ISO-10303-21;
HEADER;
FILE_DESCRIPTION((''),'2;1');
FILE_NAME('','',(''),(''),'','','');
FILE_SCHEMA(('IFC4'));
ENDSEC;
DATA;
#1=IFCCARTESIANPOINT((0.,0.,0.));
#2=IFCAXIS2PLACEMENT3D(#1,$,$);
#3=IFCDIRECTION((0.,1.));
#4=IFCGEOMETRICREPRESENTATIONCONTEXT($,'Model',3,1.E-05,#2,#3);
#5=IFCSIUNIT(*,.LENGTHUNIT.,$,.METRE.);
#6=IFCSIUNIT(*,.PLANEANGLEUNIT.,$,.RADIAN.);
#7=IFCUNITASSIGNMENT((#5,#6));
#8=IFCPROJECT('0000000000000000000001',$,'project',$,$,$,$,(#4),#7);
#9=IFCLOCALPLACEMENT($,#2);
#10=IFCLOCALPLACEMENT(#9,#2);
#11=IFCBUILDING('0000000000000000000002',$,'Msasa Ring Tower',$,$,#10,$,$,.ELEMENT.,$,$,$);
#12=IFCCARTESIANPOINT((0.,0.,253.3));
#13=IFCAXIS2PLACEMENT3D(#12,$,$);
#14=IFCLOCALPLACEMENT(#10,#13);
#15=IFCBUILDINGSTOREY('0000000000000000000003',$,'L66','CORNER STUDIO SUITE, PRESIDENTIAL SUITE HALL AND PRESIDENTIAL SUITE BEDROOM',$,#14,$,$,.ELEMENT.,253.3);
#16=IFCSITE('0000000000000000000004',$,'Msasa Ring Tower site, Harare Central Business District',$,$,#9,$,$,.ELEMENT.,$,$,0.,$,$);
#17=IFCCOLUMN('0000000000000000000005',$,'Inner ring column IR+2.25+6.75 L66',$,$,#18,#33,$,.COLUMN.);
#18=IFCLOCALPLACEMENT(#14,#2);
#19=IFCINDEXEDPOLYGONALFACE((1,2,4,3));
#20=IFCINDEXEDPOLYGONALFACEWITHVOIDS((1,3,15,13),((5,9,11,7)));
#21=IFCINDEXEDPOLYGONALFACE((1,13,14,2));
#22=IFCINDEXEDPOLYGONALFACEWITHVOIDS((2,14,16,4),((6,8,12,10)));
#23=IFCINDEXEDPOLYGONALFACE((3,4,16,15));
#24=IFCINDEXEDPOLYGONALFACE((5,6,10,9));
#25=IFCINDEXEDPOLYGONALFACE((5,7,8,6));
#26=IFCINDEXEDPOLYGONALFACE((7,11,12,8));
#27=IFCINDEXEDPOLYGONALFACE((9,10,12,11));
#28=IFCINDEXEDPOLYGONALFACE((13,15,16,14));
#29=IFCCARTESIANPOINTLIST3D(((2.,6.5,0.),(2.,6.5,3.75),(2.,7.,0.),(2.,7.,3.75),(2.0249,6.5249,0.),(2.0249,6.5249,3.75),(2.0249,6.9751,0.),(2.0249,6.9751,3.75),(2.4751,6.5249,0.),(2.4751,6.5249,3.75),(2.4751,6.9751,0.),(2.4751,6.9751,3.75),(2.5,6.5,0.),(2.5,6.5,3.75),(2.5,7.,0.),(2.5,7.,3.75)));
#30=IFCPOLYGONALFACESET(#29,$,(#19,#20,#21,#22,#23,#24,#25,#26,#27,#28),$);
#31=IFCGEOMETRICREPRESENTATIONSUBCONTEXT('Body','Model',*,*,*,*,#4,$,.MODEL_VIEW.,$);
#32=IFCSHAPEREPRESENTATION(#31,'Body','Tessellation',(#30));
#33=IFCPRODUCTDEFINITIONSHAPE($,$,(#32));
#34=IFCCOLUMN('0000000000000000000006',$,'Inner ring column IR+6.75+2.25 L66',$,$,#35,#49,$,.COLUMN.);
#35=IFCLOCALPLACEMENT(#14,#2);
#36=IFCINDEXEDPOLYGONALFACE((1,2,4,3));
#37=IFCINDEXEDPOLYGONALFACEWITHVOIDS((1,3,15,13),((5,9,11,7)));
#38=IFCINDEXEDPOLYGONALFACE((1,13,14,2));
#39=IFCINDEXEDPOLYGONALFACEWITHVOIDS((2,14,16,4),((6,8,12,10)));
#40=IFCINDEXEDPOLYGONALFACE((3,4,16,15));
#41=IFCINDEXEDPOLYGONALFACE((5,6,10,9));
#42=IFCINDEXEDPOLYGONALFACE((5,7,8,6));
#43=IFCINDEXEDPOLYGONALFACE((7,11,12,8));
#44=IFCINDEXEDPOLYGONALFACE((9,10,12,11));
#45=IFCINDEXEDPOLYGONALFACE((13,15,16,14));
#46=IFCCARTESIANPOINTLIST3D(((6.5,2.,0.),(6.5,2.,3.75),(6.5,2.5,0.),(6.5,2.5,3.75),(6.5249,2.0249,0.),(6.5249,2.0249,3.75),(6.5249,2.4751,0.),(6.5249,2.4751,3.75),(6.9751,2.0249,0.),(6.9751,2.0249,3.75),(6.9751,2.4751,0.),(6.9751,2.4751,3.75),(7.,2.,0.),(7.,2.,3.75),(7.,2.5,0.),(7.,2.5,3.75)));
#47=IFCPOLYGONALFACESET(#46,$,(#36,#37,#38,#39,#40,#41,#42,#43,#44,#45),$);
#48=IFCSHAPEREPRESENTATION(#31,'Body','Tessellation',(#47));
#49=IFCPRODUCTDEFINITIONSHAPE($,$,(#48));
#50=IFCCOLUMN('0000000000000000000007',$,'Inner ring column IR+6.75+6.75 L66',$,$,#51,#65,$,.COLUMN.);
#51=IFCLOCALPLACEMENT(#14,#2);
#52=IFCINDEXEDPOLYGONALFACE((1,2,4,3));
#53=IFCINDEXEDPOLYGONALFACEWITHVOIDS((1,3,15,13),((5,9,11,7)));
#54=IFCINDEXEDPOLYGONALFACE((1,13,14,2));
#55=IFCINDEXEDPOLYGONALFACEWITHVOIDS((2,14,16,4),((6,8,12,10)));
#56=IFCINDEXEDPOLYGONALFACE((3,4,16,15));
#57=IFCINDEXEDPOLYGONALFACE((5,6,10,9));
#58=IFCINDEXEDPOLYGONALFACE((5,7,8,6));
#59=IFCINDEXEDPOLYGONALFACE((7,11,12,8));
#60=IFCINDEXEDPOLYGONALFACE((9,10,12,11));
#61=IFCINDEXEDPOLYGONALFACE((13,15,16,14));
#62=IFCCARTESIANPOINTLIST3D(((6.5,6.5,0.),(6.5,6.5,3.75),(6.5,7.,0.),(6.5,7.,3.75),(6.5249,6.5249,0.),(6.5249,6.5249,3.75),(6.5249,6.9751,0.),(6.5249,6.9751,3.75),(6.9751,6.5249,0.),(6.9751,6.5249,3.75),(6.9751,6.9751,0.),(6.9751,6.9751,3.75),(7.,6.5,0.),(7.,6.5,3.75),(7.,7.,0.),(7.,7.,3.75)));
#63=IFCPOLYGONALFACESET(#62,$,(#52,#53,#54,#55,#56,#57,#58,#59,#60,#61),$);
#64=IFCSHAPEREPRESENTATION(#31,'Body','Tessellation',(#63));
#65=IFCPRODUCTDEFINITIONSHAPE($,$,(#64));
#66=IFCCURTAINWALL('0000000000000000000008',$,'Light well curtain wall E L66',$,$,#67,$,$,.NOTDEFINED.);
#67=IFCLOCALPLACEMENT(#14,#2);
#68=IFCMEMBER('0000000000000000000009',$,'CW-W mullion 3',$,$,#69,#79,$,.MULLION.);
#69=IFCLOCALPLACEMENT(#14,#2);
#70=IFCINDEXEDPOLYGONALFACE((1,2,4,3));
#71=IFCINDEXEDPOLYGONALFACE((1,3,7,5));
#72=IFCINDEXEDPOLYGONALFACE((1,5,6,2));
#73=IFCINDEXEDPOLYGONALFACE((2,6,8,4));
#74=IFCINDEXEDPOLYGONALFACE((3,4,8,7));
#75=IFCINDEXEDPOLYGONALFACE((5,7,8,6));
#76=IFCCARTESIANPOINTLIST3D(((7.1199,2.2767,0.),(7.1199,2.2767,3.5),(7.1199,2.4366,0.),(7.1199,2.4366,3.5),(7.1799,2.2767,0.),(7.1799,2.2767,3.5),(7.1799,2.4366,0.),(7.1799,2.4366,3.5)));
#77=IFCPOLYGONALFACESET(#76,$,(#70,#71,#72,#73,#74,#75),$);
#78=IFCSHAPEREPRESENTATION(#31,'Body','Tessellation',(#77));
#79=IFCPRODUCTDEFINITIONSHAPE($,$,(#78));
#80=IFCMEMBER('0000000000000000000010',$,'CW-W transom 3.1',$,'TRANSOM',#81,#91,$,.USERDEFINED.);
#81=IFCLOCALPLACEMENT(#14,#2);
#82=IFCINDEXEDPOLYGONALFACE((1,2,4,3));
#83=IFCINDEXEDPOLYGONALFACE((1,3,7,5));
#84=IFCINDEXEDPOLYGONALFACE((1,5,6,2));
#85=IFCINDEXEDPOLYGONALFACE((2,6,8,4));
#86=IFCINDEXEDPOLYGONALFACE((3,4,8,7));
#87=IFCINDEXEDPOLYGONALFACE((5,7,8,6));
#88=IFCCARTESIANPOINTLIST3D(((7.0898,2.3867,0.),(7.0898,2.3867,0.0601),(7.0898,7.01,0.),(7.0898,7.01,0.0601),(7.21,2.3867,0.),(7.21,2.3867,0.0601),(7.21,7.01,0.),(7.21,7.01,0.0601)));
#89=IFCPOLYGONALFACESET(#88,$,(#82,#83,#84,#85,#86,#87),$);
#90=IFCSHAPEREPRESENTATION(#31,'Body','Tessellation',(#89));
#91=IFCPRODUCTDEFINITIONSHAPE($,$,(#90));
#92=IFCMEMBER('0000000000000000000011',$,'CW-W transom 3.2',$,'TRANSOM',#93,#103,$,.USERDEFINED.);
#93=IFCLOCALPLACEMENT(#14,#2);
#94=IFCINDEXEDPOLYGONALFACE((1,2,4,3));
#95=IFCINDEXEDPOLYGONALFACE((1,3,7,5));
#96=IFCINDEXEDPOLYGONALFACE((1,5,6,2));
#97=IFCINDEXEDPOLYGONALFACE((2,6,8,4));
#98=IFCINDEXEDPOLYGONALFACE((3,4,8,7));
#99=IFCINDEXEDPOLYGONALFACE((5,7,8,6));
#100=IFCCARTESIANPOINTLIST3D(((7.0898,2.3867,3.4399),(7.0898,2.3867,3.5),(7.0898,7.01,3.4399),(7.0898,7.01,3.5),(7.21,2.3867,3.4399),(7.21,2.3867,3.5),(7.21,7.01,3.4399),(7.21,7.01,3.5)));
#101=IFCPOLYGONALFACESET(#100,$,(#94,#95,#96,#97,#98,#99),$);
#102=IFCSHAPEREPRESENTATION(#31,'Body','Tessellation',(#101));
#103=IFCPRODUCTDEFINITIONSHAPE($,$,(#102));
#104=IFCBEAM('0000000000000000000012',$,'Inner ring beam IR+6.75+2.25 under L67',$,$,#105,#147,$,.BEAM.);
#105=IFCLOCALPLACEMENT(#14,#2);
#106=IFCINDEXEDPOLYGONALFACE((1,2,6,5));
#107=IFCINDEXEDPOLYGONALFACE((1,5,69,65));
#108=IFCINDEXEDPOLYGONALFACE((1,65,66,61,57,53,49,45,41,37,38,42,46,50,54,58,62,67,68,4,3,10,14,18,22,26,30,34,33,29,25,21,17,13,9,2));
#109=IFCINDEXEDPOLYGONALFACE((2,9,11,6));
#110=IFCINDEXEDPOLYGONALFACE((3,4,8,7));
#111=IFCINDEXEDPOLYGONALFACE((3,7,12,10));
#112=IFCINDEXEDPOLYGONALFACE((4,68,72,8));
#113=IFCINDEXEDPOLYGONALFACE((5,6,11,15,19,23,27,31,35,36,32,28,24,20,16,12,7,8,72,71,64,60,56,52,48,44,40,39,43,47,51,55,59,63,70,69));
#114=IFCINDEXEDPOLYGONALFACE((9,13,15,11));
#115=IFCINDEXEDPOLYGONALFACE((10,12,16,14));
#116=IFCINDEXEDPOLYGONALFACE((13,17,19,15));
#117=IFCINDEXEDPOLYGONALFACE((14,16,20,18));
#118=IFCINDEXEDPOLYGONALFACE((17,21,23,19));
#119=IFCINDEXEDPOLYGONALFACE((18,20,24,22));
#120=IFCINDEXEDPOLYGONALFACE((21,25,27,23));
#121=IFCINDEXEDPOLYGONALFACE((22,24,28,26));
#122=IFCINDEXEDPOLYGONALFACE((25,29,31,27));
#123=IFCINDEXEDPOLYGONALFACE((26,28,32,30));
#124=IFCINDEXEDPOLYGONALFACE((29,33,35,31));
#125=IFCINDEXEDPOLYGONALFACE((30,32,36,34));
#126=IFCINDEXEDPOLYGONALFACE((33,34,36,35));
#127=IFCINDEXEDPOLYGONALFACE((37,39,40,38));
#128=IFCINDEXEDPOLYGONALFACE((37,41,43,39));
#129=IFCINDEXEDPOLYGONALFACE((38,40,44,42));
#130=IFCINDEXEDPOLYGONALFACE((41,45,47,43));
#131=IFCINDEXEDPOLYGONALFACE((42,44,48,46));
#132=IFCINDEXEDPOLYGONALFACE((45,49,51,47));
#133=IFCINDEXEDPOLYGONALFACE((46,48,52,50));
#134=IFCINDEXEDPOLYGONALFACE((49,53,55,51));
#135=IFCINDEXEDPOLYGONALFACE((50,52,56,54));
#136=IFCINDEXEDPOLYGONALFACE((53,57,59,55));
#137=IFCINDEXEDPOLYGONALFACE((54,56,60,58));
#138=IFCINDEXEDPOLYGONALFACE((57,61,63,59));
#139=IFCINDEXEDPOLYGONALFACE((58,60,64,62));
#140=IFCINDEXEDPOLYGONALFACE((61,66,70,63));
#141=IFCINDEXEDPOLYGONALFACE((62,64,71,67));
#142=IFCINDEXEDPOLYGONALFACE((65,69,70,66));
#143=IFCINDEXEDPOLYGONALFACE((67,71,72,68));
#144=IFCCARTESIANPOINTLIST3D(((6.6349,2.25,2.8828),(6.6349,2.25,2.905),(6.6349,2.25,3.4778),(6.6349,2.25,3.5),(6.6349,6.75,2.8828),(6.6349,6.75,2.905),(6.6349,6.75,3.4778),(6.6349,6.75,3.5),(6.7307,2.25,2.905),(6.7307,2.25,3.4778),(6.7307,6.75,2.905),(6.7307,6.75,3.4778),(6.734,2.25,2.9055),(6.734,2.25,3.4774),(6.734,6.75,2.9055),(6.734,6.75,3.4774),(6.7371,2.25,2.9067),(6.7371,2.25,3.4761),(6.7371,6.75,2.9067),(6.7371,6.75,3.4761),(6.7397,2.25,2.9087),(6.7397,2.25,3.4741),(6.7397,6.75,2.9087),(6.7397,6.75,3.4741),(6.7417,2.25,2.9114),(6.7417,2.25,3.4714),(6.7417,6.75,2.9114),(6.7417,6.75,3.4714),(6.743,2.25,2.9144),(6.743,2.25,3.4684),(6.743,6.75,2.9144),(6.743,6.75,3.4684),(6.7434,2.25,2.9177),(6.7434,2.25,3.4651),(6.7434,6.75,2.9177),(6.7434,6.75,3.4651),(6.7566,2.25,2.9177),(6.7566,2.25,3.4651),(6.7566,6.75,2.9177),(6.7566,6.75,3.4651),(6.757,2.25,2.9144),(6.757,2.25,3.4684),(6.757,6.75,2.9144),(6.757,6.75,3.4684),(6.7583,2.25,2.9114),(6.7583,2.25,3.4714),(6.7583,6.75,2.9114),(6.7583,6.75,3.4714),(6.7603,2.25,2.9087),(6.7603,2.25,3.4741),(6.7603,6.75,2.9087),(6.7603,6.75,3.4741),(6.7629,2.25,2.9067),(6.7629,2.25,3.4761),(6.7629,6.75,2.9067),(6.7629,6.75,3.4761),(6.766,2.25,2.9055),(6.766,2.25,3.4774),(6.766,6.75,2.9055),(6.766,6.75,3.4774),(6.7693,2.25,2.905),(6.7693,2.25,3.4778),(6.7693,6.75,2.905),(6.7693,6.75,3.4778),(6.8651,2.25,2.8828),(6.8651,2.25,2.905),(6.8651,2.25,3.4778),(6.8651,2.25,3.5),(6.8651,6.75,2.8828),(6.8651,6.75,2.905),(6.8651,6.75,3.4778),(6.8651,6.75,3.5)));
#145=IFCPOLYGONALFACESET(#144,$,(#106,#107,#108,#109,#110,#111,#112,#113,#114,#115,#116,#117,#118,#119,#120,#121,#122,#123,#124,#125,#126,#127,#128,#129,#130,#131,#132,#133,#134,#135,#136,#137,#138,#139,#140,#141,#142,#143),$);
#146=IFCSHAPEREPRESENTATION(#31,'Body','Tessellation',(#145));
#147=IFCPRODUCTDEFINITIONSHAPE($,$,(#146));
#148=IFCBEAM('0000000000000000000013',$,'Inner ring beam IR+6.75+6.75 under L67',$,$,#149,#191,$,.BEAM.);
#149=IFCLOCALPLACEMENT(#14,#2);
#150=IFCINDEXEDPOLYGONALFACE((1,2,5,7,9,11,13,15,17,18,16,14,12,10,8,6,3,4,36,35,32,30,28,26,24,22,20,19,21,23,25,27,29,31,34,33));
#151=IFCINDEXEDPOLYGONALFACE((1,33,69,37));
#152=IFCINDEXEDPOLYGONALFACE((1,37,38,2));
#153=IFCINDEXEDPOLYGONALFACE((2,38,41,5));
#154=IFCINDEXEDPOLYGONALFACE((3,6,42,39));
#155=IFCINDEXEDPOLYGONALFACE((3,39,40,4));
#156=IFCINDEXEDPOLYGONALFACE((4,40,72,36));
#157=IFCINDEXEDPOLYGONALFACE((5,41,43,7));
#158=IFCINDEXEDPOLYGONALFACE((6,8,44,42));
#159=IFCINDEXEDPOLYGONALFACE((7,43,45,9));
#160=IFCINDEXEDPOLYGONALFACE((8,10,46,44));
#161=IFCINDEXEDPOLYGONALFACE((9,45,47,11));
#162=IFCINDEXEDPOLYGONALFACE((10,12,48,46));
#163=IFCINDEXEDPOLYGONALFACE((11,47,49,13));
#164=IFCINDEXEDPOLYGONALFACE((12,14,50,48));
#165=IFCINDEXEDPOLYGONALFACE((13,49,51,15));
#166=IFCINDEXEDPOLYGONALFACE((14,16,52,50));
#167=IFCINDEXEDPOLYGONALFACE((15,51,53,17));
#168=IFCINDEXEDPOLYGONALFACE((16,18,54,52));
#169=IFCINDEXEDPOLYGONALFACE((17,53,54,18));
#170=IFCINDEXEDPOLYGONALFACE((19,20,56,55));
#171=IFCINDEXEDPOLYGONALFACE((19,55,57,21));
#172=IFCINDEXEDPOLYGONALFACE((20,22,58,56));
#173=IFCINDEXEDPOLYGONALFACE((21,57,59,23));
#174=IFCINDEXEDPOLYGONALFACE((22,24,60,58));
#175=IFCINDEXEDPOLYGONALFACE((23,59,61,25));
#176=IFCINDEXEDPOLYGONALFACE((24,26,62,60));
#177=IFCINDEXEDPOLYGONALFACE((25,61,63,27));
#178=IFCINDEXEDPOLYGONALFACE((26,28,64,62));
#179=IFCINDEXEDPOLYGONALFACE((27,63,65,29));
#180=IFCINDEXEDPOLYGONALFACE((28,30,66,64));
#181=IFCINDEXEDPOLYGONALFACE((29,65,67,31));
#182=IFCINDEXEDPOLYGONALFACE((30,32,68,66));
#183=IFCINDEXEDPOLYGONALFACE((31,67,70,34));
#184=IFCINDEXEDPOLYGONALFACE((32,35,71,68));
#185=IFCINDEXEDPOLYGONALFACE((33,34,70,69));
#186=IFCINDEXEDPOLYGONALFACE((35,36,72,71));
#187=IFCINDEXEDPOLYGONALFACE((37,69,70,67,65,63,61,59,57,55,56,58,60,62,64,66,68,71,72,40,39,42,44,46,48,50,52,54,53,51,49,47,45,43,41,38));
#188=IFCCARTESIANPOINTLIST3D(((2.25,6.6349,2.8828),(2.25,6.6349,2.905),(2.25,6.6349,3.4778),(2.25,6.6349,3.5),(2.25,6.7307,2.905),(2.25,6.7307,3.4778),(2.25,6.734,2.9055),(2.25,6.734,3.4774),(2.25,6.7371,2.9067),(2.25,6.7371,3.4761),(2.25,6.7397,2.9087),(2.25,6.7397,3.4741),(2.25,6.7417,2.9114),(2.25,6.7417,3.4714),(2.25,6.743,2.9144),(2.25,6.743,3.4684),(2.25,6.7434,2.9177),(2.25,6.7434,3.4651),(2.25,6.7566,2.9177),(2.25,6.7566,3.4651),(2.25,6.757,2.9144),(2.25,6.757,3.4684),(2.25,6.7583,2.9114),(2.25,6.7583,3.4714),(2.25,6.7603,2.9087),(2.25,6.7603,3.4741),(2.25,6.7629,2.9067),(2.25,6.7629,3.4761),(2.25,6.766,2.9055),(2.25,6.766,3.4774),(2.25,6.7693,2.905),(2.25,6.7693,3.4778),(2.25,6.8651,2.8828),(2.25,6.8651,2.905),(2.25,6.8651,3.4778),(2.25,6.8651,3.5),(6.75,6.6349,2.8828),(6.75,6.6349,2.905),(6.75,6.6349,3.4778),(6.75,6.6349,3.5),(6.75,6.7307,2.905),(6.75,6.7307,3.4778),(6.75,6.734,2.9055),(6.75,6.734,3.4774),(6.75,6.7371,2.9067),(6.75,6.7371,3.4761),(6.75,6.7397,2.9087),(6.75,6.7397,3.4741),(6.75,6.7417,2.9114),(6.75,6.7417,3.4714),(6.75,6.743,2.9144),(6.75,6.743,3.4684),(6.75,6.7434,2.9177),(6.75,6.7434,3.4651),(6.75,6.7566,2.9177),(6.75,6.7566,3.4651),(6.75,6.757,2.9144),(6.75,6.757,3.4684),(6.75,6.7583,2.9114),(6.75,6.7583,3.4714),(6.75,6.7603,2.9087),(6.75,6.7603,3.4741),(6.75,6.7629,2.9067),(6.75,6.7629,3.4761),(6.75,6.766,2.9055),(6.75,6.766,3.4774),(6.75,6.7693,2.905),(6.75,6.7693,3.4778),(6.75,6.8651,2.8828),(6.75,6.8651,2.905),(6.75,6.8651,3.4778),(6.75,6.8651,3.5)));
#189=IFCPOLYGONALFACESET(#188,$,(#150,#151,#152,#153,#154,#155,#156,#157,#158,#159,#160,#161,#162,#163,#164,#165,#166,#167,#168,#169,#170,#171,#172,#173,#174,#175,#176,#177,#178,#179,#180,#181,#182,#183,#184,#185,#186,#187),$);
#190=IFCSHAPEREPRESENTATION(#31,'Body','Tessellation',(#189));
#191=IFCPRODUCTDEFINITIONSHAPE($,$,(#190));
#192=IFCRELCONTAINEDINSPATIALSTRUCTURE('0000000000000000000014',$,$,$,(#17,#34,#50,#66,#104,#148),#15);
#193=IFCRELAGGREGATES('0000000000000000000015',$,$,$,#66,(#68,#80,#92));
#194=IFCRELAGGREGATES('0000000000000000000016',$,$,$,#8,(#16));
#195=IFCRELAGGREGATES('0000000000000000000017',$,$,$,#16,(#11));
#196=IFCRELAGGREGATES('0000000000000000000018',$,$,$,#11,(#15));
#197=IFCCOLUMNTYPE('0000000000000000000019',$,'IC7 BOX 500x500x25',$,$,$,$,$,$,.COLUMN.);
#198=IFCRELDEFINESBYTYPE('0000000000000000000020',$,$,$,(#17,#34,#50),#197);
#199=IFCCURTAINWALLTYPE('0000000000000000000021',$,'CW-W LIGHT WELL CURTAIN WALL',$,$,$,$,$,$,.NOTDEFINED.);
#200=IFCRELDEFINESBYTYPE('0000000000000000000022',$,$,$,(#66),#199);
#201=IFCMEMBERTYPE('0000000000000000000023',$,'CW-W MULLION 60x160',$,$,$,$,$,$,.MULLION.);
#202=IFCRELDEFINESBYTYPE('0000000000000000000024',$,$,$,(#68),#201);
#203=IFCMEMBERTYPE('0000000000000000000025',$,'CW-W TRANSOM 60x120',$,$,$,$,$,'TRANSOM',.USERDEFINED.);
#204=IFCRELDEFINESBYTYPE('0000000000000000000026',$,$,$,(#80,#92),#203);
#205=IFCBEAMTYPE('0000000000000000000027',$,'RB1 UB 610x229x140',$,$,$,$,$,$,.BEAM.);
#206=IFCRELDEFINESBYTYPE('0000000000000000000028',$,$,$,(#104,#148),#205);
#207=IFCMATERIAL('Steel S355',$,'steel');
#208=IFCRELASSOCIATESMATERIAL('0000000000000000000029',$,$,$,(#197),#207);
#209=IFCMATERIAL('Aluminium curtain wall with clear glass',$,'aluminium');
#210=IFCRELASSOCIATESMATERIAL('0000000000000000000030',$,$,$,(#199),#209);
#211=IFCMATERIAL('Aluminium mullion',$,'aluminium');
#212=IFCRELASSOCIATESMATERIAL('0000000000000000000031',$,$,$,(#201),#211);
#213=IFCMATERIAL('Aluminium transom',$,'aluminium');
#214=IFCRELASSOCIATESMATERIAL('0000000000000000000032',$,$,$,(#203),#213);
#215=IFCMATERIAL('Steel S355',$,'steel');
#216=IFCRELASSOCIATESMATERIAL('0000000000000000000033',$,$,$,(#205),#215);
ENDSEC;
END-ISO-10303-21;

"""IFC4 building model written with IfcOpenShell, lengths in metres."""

from ifc_helpers import new_model, si_unit, direction, frame, origin, origin_2d, place, context, subcontext, project, spatial, rectangle, hollow_rectangle, i_section, extrude, material, material_profile, profile_set, type_object, element, aggregate, save


model = new_model("IFC4")

# Units and contexts
model_context = context("Model", 3, precision=1e-05, world=origin(), true_north=direction((0.0, 1.0)))
body_context = subcontext(model_context, "Body", "Model", "MODEL_VIEW")
ifc_project = project(units=[si_unit("LENGTHUNIT", "METRE"), si_unit("PLANEANGLEUNIT", "RADIAN")], contexts=[model_context])

# Site, building, storey
site_placement = place(None, origin())
site = spatial("IfcSite", under=ifc_project, at=site_placement, Name="Msasa Ring Tower site, Harare Central Business District", CompositionType="ELEMENT", RefElevation=0.0)
building_placement = place(site_placement, origin())
building = spatial("IfcBuilding", under=site, at=building_placement, Name="Msasa Ring Tower", CompositionType="ELEMENT")
storey_placement = place(building_placement, frame((0.0, 0.0, 253.3)))
storey = spatial("IfcBuildingStorey", under=building, at=storey_placement, Name="L66", Description="CORNER STUDIO SUITE, PRESIDENTIAL SUITE HALL AND PRESIDENTIAL SUITE BEDROOM", CompositionType="ELEMENT", Elevation=253.3)

# Columns
ifc_material_1 = material(Name="Steel S355", Category="steel")
ifc_material_profile_1 = material_profile(ifc_material_1, hollow_rectangle(XDim=0.5, YDim=0.5, WallThickness=0.0249, at=origin_2d()), Name="BOX 500x500x25")
ifc_profile_set_1 = profile_set([ifc_material_profile_1], Name="Steel S355")
column_type = type_object("IfcColumnType", Name="IC7 BOX 500x500x25", PredefinedType="COLUMN", material=ifc_profile_set_1)
for number, where, z_axis, x_axis, name in (
    (1, (2.25, 6.75, 0.0), (0.0, 0.0, 1.0), (1.0, 0.0, 0.0), "Inner ring column IR+2.25+6.75 L66"),
    (2, (6.75, 2.25, 0.0), (0.0, 0.0, 1.0), (1.0, 0.0, 0.0), "Inner ring column IR+6.75+2.25 L66"),
    (3, (6.75, 6.75, 0.0), (0.0, 0.0, 1.0), (1.0, 0.0, 0.0), "Inner ring column IR+6.75+6.75 L66"),
):
    element("IfcColumn", number, at=place(storey_placement, frame(where, z_axis=z_axis, x_axis=x_axis)), inside=storey, type_object=column_type, Name=name, PredefinedType="COLUMN", context=body_context, shape_type="SweptSolid", body=[
        extrude(hollow_rectangle(XDim=0.5, YDim=0.5, WallThickness=0.0249, at=origin_2d()), origin(), (0.0, 0.0, 1.0), 3.75),
    ])

# Curtain wall, members
ifc_material_2 = material(Name="Aluminium curtain wall with clear glass", Category="aluminium")
curtain_wall_type = type_object("IfcCurtainWallType", Name="CW-W LIGHT WELL CURTAIN WALL", PredefinedType="NOTDEFINED", material=ifc_material_2)
curtain_wall_placement = place(storey_placement, origin())
curtain_wall = element("IfcCurtainWall", 4, at=curtain_wall_placement, inside=storey, type_object=curtain_wall_type, Name="Light well curtain wall E L66", PredefinedType="NOTDEFINED")
ifc_material_3 = material(Name="Aluminium mullion", Category="aluminium")
ifc_material_profile_2 = material_profile(ifc_material_3, rectangle(XDim=0.0601, YDim=0.1599, at=origin_2d()), Name="AL 60x160")
ifc_profile_set_2 = profile_set([ifc_material_profile_2], Name="Aluminium mullion")
member_type_1 = type_object("IfcMemberType", Name="CW-W MULLION 60x160", PredefinedType="MULLION", material=ifc_profile_set_2)
member_1_placement = place(storey_placement, frame((7.1499, 2.3567, 0.0), z_axis=(0.0, 0.0, 1.0), x_axis=(-1.0, 0.0, 0.0)))
member_1 = element("IfcMember", 5, at=member_1_placement, type_object=member_type_1, Name="CW-W mullion 3", PredefinedType="MULLION", context=body_context, shape_type="SweptSolid", body=[
    extrude(rectangle(XDim=0.0601, YDim=0.1599, at=origin_2d()), origin(), (0.0, 0.0, 1.0), 3.5),
])
ifc_material_4 = material(Name="Aluminium transom", Category="aluminium")
ifc_material_profile_3 = material_profile(ifc_material_4, rectangle(XDim=0.1201, YDim=0.0601, at=origin_2d()), Name="AL 60x120")
ifc_profile_set_3 = profile_set([ifc_material_profile_3], Name="Aluminium transom")
member_type_2 = type_object("IfcMemberType", Name="CW-W TRANSOM 60x120", ElementType="TRANSOM", PredefinedType="USERDEFINED", material=ifc_profile_set_3)
member_2_placement = place(storey_placement, frame((7.1499, 2.3867, 0.03), z_axis=(0.0, 1.0, 0.0), x_axis=(-1.0, 0.0, 0.0)))
member_2 = element("IfcMember", 6, at=member_2_placement, type_object=member_type_2, Name="CW-W transom 3.1", ObjectType="TRANSOM", PredefinedType="USERDEFINED", context=body_context, shape_type="SweptSolid", body=[
    extrude(rectangle(XDim=0.1201, YDim=0.0601, at=origin_2d()), origin(), (0.0, 0.0, 1.0), 4.6233),
])
member_3_placement = place(storey_placement, frame((7.1499, 2.3867, 3.47), z_axis=(0.0, 1.0, 0.0), x_axis=(-1.0, 0.0, 0.0)))
member_3 = element("IfcMember", 7, at=member_3_placement, type_object=member_type_2, Name="CW-W transom 3.2", ObjectType="TRANSOM", PredefinedType="USERDEFINED", context=body_context, shape_type="SweptSolid", body=[
    extrude(rectangle(XDim=0.1201, YDim=0.0601, at=origin_2d()), origin(), (0.0, 0.0, 1.0), 4.6233),
])

# Beams
ifc_material_5 = material(Name="Steel S355", Category="steel")
ifc_material_profile_4 = material_profile(ifc_material_5, i_section(OverallWidth=0.2302, OverallDepth=0.6172, WebThickness=0.0132, FlangeThickness=0.0222, FilletRadius=0.0127, at=origin_2d()), Name="UB 610x229x140")
ifc_profile_set_4 = profile_set([ifc_material_profile_4], Name="Steel S355")
beam_type = type_object("IfcBeamType", Name="RB1 UB 610x229x140", PredefinedType="BEAM", material=ifc_profile_set_4)
for number, where, z_axis, x_axis, name in (
    (8, (6.75, 2.25, 3.1914), (0.0, 1.0, 0.0), (-1.0, 0.0, 0.0), "Inner ring beam IR+6.75+2.25 under L67"),
    (9, (6.75, 6.75, 3.1914), (-1.0, 0.0, 0.0), (0.0, -1.0, 0.0), "Inner ring beam IR+6.75+6.75 under L67"),
):
    element("IfcBeam", number, at=place(storey_placement, frame(where, z_axis=z_axis, x_axis=x_axis)), inside=storey, type_object=beam_type, Name=name, PredefinedType="BEAM", context=body_context, shape_type="SweptSolid", body=[
        extrude(i_section(OverallWidth=0.2302, OverallDepth=0.6172, WebThickness=0.0132, FlangeThickness=0.0222, FilletRadius=0.0127, at=origin_2d()), origin(), (0.0, 0.0, 1.0), 4.5),
    ])

aggregate(curtain_wall, [member_1, member_2, member_3])

save(model, "model.ifc")
